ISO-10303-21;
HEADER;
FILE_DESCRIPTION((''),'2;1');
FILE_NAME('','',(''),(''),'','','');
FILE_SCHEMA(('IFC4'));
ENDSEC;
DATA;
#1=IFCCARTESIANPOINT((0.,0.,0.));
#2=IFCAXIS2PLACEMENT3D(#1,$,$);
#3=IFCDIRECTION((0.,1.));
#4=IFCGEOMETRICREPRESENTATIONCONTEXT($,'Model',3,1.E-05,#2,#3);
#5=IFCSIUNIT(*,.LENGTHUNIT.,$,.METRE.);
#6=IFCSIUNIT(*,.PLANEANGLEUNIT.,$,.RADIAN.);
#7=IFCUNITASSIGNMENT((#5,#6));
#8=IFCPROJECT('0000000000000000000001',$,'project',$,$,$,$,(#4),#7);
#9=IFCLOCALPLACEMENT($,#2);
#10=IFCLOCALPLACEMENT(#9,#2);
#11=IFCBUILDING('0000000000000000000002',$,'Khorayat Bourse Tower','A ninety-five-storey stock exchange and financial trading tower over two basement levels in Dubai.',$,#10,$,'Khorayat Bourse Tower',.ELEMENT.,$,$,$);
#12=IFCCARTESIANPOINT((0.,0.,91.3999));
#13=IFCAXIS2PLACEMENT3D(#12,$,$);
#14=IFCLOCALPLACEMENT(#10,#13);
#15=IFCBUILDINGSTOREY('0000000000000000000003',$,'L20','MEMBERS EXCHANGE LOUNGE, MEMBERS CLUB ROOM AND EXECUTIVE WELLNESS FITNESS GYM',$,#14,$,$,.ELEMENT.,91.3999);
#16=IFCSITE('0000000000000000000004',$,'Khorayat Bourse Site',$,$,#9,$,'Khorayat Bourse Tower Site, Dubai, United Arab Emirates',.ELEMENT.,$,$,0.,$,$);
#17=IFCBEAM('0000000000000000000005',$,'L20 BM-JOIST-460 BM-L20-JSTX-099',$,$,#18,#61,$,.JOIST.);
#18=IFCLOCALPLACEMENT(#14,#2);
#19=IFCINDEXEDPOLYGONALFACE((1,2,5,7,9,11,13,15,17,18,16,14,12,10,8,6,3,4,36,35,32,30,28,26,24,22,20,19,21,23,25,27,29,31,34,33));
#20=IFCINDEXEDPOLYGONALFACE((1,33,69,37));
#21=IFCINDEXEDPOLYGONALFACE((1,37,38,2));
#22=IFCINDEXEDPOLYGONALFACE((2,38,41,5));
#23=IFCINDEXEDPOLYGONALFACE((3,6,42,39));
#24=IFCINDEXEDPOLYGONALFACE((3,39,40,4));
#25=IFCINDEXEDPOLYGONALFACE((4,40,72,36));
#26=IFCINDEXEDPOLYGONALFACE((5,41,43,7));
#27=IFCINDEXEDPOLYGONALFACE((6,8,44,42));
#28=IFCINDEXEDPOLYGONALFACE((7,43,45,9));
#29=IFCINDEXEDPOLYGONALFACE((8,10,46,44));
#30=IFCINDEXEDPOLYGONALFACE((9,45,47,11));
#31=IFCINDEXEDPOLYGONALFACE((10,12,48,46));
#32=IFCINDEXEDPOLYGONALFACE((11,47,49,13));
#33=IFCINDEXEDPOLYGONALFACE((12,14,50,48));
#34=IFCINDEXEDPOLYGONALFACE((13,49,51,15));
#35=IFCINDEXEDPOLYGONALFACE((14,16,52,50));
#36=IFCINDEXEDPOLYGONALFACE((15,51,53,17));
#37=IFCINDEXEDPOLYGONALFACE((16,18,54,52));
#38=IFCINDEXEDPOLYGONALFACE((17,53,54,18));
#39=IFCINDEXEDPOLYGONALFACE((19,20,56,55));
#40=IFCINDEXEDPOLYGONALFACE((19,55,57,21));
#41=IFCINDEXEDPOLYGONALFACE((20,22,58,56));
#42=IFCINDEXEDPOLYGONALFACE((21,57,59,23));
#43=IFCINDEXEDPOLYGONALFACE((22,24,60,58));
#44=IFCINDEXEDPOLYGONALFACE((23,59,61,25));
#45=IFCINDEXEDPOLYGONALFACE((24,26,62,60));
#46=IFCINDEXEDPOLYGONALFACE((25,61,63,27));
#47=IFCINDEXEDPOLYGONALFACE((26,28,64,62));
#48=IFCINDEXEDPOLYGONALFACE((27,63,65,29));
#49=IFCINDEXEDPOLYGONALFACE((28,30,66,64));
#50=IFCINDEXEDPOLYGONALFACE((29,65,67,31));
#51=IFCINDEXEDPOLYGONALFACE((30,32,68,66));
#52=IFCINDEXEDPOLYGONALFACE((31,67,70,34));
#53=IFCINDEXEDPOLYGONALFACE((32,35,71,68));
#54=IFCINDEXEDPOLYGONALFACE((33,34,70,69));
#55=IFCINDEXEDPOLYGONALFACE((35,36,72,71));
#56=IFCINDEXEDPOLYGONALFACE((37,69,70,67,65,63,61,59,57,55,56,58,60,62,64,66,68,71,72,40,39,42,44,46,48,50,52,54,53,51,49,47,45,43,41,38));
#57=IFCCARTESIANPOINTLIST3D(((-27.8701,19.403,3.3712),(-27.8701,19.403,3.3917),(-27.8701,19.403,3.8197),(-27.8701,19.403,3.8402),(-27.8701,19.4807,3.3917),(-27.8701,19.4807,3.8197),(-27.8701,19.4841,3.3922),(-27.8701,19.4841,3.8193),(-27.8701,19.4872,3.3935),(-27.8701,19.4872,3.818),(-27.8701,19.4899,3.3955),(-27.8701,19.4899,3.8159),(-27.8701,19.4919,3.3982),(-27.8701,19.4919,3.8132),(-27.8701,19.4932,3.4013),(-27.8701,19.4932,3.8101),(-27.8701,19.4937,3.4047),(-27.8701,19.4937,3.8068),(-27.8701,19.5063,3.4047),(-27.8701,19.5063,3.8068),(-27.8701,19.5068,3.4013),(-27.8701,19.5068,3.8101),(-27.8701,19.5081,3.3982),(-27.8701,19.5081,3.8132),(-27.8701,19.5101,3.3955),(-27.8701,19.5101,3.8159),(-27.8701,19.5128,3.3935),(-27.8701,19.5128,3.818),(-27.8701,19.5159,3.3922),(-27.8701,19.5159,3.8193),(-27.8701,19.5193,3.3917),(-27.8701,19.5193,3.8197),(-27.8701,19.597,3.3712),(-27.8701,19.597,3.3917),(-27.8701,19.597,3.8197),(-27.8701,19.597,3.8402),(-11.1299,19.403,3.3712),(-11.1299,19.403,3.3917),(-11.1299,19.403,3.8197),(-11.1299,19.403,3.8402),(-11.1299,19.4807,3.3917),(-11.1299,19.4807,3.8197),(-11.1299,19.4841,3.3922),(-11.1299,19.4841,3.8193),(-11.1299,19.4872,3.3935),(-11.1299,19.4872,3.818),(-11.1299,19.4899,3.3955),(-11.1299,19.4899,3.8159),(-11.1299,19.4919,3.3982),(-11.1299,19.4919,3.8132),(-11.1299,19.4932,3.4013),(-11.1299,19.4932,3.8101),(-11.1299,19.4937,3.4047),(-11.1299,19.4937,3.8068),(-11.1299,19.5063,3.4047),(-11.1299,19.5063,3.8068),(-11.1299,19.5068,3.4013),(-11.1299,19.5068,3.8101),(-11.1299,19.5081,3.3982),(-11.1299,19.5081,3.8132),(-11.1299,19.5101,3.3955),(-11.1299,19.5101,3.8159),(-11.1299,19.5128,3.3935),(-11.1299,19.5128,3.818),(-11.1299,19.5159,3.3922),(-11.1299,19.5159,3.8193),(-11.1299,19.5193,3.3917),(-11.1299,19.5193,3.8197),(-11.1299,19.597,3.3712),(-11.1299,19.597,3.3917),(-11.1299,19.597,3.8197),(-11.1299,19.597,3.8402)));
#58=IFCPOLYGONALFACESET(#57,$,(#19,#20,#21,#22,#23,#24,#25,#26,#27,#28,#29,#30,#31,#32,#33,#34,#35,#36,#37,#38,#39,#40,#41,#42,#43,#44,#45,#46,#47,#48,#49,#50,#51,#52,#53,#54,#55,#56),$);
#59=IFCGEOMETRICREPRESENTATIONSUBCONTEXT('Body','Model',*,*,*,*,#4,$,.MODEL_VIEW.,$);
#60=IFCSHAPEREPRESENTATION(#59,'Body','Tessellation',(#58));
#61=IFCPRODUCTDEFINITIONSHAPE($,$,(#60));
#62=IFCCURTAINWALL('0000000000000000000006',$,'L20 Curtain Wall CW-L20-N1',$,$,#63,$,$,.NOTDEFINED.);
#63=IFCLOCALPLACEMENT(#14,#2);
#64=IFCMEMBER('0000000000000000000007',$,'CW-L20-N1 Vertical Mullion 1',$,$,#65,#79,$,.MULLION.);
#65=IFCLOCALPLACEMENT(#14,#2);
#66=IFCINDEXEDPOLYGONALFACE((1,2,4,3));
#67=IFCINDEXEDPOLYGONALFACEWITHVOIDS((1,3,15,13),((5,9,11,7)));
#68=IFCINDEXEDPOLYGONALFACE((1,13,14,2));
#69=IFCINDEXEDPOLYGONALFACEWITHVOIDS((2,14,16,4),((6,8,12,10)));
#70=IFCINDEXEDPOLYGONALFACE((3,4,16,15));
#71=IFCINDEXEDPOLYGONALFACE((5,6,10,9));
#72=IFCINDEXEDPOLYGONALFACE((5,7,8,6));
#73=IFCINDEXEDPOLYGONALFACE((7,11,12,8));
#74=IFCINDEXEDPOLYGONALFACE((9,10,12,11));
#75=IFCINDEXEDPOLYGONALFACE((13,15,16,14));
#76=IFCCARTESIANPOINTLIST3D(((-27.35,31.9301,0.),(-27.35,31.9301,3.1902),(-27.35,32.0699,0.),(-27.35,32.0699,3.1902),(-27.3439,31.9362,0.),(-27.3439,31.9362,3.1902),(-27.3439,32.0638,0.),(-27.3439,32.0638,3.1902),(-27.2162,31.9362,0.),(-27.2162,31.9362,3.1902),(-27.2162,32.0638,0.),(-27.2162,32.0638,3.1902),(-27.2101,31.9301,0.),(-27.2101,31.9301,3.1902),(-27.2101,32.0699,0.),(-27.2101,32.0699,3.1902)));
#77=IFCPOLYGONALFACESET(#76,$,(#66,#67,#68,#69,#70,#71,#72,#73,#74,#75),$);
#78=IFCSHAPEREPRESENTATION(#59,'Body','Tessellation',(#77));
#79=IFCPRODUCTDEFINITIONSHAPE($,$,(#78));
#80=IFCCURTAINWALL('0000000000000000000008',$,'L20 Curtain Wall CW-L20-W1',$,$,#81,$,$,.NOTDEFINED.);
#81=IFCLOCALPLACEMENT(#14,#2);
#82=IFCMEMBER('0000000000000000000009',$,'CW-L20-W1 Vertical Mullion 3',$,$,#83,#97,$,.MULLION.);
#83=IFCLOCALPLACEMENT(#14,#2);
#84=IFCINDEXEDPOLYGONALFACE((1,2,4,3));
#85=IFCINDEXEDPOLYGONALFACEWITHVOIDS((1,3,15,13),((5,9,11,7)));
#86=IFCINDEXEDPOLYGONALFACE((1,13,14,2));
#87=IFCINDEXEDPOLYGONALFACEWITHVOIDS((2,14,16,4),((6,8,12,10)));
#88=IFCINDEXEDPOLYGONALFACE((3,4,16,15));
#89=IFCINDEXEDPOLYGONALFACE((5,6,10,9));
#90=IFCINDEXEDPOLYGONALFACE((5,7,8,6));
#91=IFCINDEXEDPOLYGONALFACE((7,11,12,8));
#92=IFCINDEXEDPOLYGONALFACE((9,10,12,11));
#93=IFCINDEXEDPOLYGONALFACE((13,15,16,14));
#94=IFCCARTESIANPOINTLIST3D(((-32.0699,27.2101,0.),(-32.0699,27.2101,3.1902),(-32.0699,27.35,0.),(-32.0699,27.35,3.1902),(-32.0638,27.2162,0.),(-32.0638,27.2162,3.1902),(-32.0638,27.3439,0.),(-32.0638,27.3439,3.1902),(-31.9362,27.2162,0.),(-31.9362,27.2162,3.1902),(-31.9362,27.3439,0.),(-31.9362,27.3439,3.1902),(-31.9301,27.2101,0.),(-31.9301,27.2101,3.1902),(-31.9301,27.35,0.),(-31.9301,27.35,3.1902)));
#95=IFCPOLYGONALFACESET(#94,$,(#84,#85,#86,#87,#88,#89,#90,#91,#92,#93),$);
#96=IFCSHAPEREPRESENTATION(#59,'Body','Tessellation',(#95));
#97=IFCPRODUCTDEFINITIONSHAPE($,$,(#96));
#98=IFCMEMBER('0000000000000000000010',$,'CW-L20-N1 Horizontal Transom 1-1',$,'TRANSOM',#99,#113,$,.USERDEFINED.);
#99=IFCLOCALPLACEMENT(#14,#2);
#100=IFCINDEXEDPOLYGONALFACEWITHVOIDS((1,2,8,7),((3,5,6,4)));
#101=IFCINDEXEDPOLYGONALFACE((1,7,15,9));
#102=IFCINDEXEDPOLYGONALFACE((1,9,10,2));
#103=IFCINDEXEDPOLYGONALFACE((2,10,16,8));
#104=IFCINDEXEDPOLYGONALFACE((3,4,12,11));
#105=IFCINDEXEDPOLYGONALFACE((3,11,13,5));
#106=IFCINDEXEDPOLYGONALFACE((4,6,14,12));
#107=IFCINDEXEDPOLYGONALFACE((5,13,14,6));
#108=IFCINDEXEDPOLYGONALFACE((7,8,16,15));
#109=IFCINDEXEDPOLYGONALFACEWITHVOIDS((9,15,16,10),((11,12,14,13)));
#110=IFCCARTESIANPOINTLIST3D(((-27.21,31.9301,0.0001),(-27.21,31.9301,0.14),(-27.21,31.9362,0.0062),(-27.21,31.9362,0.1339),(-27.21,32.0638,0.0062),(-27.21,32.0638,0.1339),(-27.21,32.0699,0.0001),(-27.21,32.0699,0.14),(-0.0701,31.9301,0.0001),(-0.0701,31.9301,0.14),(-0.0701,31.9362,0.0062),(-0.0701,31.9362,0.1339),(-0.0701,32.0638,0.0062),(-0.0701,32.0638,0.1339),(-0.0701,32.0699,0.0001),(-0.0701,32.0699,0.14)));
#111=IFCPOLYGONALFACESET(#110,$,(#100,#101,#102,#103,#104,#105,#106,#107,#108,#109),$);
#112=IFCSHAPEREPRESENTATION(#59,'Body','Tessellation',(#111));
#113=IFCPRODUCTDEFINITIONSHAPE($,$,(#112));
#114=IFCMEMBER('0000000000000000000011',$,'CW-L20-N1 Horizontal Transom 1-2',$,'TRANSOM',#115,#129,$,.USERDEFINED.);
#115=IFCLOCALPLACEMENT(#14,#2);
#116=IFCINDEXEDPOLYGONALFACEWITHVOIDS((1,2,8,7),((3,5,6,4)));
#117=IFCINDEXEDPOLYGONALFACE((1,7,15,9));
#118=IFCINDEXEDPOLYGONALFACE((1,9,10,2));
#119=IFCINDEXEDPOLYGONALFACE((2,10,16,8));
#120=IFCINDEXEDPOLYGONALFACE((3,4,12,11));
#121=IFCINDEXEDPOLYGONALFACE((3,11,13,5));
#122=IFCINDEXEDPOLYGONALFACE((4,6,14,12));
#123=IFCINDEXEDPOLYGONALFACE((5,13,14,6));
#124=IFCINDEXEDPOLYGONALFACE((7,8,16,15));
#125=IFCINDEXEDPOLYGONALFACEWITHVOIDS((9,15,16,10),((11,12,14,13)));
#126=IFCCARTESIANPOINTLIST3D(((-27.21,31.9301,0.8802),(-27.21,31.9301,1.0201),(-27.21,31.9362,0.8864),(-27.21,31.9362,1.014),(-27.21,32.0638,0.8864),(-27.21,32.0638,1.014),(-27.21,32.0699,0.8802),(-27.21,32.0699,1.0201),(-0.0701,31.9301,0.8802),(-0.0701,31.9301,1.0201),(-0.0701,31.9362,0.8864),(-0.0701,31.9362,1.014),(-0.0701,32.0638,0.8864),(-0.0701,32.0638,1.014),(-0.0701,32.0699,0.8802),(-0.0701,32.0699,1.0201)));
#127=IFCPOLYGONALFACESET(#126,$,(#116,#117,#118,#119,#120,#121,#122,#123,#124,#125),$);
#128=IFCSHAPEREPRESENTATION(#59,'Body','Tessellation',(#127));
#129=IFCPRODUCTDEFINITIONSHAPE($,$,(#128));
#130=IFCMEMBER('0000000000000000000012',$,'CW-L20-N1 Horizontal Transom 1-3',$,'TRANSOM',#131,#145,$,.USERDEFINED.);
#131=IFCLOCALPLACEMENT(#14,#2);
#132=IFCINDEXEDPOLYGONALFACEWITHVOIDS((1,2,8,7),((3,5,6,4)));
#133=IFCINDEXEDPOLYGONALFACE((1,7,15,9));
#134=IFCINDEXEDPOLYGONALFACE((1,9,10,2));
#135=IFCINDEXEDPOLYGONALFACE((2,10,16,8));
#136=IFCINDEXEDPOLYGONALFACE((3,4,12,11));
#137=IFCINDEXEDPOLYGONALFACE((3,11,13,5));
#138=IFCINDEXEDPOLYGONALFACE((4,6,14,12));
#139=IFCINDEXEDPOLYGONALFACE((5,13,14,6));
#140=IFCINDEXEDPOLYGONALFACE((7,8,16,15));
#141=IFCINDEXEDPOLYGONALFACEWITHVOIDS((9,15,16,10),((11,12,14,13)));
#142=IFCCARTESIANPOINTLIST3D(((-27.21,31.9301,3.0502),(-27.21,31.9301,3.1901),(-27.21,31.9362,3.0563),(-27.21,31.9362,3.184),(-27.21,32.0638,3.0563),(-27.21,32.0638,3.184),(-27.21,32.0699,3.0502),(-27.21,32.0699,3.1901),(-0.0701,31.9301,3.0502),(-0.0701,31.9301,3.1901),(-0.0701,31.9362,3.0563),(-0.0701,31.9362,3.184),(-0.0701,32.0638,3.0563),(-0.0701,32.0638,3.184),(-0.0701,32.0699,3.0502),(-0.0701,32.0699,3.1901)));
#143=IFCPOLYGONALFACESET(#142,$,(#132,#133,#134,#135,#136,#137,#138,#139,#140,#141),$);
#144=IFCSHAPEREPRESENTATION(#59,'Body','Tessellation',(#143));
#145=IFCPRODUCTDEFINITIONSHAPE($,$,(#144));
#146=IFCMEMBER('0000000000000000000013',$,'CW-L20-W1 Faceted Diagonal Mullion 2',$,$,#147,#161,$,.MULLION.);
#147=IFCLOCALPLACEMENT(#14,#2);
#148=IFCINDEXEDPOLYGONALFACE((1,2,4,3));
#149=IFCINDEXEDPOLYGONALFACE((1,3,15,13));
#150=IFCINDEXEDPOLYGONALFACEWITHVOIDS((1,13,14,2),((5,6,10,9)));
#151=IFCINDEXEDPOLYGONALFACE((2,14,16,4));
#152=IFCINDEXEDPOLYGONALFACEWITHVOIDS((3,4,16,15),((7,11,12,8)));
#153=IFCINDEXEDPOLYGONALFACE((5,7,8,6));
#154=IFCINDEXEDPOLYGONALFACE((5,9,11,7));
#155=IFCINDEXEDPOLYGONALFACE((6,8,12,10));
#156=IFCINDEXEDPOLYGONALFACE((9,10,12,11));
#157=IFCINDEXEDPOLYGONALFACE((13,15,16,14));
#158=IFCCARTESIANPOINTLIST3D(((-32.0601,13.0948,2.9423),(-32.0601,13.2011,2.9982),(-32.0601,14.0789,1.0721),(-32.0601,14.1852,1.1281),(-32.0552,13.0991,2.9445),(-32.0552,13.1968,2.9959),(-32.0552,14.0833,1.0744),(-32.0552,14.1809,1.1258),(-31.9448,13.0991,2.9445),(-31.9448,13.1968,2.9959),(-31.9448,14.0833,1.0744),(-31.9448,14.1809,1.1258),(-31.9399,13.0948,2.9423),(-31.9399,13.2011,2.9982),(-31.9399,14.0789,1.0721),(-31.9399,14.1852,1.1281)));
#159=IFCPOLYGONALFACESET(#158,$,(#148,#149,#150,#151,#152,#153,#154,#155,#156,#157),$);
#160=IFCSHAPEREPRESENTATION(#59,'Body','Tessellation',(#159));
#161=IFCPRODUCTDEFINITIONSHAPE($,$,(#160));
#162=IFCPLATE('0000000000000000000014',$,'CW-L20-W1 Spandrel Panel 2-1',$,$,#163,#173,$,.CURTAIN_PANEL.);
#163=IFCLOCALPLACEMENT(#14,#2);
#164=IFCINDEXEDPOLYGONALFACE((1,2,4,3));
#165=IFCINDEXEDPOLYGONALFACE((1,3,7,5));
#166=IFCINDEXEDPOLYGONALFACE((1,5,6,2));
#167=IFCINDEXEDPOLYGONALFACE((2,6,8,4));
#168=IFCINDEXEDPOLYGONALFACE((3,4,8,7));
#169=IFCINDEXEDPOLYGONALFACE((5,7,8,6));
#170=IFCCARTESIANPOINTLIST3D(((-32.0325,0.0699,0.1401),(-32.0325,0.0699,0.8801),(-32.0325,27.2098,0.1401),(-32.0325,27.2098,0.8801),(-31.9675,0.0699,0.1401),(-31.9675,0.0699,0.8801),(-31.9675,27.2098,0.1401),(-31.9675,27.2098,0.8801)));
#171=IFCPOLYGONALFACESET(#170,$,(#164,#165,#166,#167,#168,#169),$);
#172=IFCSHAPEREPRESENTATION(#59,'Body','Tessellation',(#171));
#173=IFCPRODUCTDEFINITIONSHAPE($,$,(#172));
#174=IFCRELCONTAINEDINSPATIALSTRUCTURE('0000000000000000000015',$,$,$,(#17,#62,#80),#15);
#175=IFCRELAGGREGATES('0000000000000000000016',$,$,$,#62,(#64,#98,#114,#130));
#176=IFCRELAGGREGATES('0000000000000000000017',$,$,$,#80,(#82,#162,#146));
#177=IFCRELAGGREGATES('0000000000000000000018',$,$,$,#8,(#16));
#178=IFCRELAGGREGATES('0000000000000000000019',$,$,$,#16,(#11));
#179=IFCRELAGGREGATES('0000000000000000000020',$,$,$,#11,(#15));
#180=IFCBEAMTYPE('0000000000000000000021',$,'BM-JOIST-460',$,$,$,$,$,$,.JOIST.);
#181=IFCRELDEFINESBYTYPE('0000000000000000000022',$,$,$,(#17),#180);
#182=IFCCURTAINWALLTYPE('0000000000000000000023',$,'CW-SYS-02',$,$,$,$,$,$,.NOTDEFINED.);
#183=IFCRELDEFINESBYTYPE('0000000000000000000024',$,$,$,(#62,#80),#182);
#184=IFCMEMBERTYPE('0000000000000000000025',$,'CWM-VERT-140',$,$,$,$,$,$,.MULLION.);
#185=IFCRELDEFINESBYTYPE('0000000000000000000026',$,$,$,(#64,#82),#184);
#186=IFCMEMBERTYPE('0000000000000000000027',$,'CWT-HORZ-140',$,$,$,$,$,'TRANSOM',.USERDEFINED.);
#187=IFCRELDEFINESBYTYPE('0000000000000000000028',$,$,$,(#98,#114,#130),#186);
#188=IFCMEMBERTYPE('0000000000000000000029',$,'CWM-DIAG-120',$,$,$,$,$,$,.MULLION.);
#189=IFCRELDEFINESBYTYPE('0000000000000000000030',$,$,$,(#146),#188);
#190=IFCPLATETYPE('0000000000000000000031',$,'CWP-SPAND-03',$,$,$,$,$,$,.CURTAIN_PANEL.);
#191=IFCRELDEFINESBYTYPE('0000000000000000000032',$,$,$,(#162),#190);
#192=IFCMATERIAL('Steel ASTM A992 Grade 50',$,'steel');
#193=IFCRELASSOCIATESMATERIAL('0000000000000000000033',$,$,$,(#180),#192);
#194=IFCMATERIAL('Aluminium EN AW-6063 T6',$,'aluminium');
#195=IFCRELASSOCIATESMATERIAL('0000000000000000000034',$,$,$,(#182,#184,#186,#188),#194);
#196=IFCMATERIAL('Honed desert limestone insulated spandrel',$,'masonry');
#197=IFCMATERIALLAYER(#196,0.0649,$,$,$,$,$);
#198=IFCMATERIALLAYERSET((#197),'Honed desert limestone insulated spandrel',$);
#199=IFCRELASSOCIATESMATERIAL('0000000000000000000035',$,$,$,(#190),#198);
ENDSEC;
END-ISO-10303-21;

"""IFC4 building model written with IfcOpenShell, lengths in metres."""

from ifc_helpers import new_model, si_unit, direction, frame, origin, origin_2d, place, context, subcontext, project, spatial, rectangle, hollow_rectangle, i_section, extrude, source, transform, mapped, material, layer, layer_set, material_profile, profile_set, type_object, element, aggregate, save


model = new_model("IFC4")

# Units and contexts
model_context = context("Model", 3, precision=1e-05, world=origin(), true_north=direction((0.0, 1.0)))
body_context = subcontext(model_context, "Body", "Model", "MODEL_VIEW")
ifc_project = project(units=[si_unit("LENGTHUNIT", "METRE"), si_unit("PLANEANGLEUNIT", "RADIAN")], contexts=[model_context])

# Site, building, storey
site_placement = place(None, origin())
site = spatial("IfcSite", under=ifc_project, at=site_placement, Name="Khorayat Bourse Site", LongName="Khorayat Bourse Tower Site, Dubai, United Arab Emirates", CompositionType="ELEMENT", RefElevation=0.0)
building_placement = place(site_placement, origin())
building = spatial("IfcBuilding", under=site, at=building_placement, Name="Khorayat Bourse Tower", Description="A ninety-five-storey stock exchange and financial trading tower over two basement levels in Dubai.", LongName="Khorayat Bourse Tower", CompositionType="ELEMENT")
storey_placement = place(building_placement, frame((0.0, 0.0, 91.3999)))
storey = spatial("IfcBuildingStorey", under=building, at=storey_placement, Name="L20", Description="MEMBERS EXCHANGE LOUNGE, MEMBERS CLUB ROOM AND EXECUTIVE WELLNESS FITNESS GYM", CompositionType="ELEMENT", Elevation=91.3999)

# Beam
ifc_material_1 = material(Name="Steel ASTM A992 Grade 50", Category="steel")
ifc_material_profile_1 = material_profile(ifc_material_1, i_section(OverallWidth=0.1941, OverallDepth=0.469, WebThickness=0.0127, FlangeThickness=0.0205, FilletRadius=0.0129, at=origin_2d()), Name="W460X106")
ifc_profile_set_1 = profile_set([ifc_material_profile_1], Name="Steel ASTM A992 Grade 50")
beam_type_1 = type_object("IfcBeamType", Name="BM-JOIST-460", PredefinedType="JOIST", material=ifc_profile_set_1)
shared_shape_1 = source(origin(), body_context, "Body", "SweptSolid", [
    extrude(i_section(OverallWidth=0.1941, OverallDepth=0.469, WebThickness=0.0127, FlangeThickness=0.0205, FilletRadius=0.0129, at=origin_2d()), origin(), (0.0, 0.0, 1.0), 16.7402),
])
beam_1_placement = place(storey_placement, frame((-27.8701, 19.5, 3.6057), z_axis=(1.0, 0.0, 0.0), x_axis=(0.0, 1.0, 0.0)))
element("IfcBeam", 1, at=beam_1_placement, inside=storey, type_object=beam_type_1, Name="L20 BM-JOIST-460 BM-L20-JSTX-099", PredefinedType="JOIST", context=body_context, shape_type="MappedRepresentation", body=[
    mapped(shared_shape_1, transform((0.0, 0.0, 0.0), scale=1.0)),
])

# Curtain walls, members
ifc_material_2 = material(Name="Aluminium EN AW-6063 T6", Category="aluminium")
curtain_wall_type = type_object("IfcCurtainWallType", Name="CW-SYS-02", PredefinedType="NOTDEFINED", material=ifc_material_2)
curtain_wall_1_placement = place(storey_placement, origin())
curtain_wall_1 = element("IfcCurtainWall", 2, at=curtain_wall_1_placement, inside=storey, type_object=curtain_wall_type, Name="L20 Curtain Wall CW-L20-N1", PredefinedType="NOTDEFINED")
ifc_material_profile_2 = material_profile(ifc_material_2, hollow_rectangle(XDim=0.1399, YDim=0.1399, WallThickness=0.0061, at=origin_2d()), Name="ALU 140x140x6")
ifc_profile_set_2 = profile_set([ifc_material_profile_2], Name="Aluminium EN AW-6063 T6")
member_type_1 = type_object("IfcMemberType", Name="CWM-VERT-140", PredefinedType="MULLION", material=ifc_profile_set_2)
shared_shape_2 = source(origin(), body_context, "Body", "SweptSolid", [
    extrude(hollow_rectangle(XDim=0.1399, YDim=0.1399, WallThickness=0.0061, at=origin_2d()), origin(), (0.0, 0.0, 1.0), 3.1902),
])
member_1_placement = place(storey_placement, frame((-27.28, 32.0, 0.0), z_axis=(0.0, 0.0, 1.0), x_axis=(0.0, 1.0, 0.0)))
member_1 = element("IfcMember", 3, at=member_1_placement, type_object=member_type_1, Name="CW-L20-N1 Vertical Mullion 1", PredefinedType="MULLION", context=body_context, shape_type="MappedRepresentation", body=[
    mapped(shared_shape_2, transform((0.0, 0.0, 0.0), scale=1.0)),
])
curtain_wall_2_placement = place(storey_placement, origin())
curtain_wall_2 = element("IfcCurtainWall", 4, at=curtain_wall_2_placement, inside=storey, type_object=curtain_wall_type, Name="L20 Curtain Wall CW-L20-W1", PredefinedType="NOTDEFINED")
member_2_placement = place(storey_placement, frame((-32.0, 27.28, 0.0), z_axis=(0.0, 0.0, 1.0), x_axis=(-1.0, 0.0, 0.0)))
member_2 = element("IfcMember", 5, at=member_2_placement, type_object=member_type_1, Name="CW-L20-W1 Vertical Mullion 3", PredefinedType="MULLION", context=body_context, shape_type="MappedRepresentation", body=[
    mapped(shared_shape_2, transform((0.0, 0.0, 0.0), scale=1.0)),
])

# Members
ifc_material_profile_3 = material_profile(ifc_material_2, hollow_rectangle(XDim=0.1399, YDim=0.1399, WallThickness=0.0061, at=origin_2d()), Name="ALU 140x140x6")
ifc_profile_set_3 = profile_set([ifc_material_profile_3], Name="Aluminium EN AW-6063 T6")
member_type_2 = type_object("IfcMemberType", Name="CWT-HORZ-140", ElementType="TRANSOM", PredefinedType="USERDEFINED", material=ifc_profile_set_3)
shared_shape_3 = source(origin(), body_context, "Body", "SweptSolid", [
    extrude(hollow_rectangle(XDim=0.1399, YDim=0.1399, WallThickness=0.0061, at=origin_2d()), origin(), (0.0, 0.0, 1.0), 27.1399),
])
member_3_placement = place(storey_placement, frame((-27.21, 32.0, 0.0701), z_axis=(1.0, 0.0, 0.0), x_axis=(0.0, 1.0, 0.0)))
member_3 = element("IfcMember", 6, at=member_3_placement, type_object=member_type_2, Name="CW-L20-N1 Horizontal Transom 1-1", ObjectType="TRANSOM", PredefinedType="USERDEFINED", context=body_context, shape_type="MappedRepresentation", body=[
    mapped(shared_shape_3, transform((0.0, 0.0, 0.0), scale=1.0)),
])
member_4_placement = place(storey_placement, frame((-27.21, 32.0, 0.9502), z_axis=(1.0, 0.0, 0.0), x_axis=(0.0, 1.0, 0.0)))
member_4 = element("IfcMember", 7, at=member_4_placement, type_object=member_type_2, Name="CW-L20-N1 Horizontal Transom 1-2", ObjectType="TRANSOM", PredefinedType="USERDEFINED", context=body_context, shape_type="MappedRepresentation", body=[
    mapped(shared_shape_3, transform((0.0, 0.0, 0.0), scale=1.0)),
])
member_5_placement = place(storey_placement, frame((-27.21, 32.0, 3.1201), z_axis=(1.0, 0.0, 0.0), x_axis=(0.0, 1.0, 0.0)))
member_5 = element("IfcMember", 8, at=member_5_placement, type_object=member_type_2, Name="CW-L20-N1 Horizontal Transom 1-3", ObjectType="TRANSOM", PredefinedType="USERDEFINED", context=body_context, shape_type="MappedRepresentation", body=[
    mapped(shared_shape_3, transform((0.0, 0.0, 0.0), scale=1.0)),
])
aggregate(curtain_wall_1, [member_1, member_3, member_4, member_5])
ifc_material_profile_4 = material_profile(ifc_material_2, hollow_rectangle(XDim=0.1201, YDim=0.1201, WallThickness=0.0049, at=origin_2d()), Name="ALU 120x120x5")
ifc_profile_set_4 = profile_set([ifc_material_profile_4], Name="Aluminium EN AW-6063 T6")
member_type_3 = type_object("IfcMemberType", Name="CWM-DIAG-120", PredefinedType="MULLION", material=ifc_profile_set_4)
shared_shape_4 = source(origin(), body_context, "Body", "SweptSolid", [
    extrude(hollow_rectangle(XDim=0.1201, YDim=0.1201, WallThickness=0.0049, at=origin_2d()), origin(), (0.0, 0.0, 1.0), 2.1133),
])
member_6_placement = place(storey_placement, frame((-32.0, 14.1321, 1.1001), z_axis=(0.0, -0.465694, 0.884946), x_axis=(1.0, 0.0, 0.0)))
member_6 = element("IfcMember", 9, at=member_6_placement, type_object=member_type_3, Name="CW-L20-W1 Faceted Diagonal Mullion 2", PredefinedType="MULLION", context=body_context, shape_type="MappedRepresentation", body=[
    mapped(shared_shape_4, transform((0.0, 0.0, 0.0), scale=1.0)),
])

# Plate
ifc_material_3 = material(Name="Honed desert limestone insulated spandrel", Category="masonry")
ifc_layer_1 = layer(ifc_material_3, 0.0649)
ifc_layer_set_1 = layer_set([ifc_layer_1], Name="Honed desert limestone insulated spandrel")
plate_type_1 = type_object("IfcPlateType", Name="CWP-SPAND-03", PredefinedType="CURTAIN_PANEL", material=ifc_layer_set_1)
shared_shape_5 = source(origin(), body_context, "Body", "SweptSolid", [
    extrude(rectangle(XDim=27.1399, YDim=0.0649, at=origin_2d()), origin(), (0.0, 0.0, 1.0), 0.74),
])
plate_1_placement = place(storey_placement, frame((-32.0, 13.6399, 0.1401), z_axis=(0.0, 0.0, 1.0), x_axis=(0.0, 1.0, 0.0)))
plate_1 = element("IfcPlate", 10, at=plate_1_placement, type_object=plate_type_1, Name="CW-L20-W1 Spandrel Panel 2-1", PredefinedType="CURTAIN_PANEL", context=body_context, shape_type="MappedRepresentation", body=[
    mapped(shared_shape_5, transform((0.0, 0.0, 0.0), scale=1.0)),
])
aggregate(curtain_wall_2, [member_2, plate_1, member_6])

save(model, "model.ifc")
